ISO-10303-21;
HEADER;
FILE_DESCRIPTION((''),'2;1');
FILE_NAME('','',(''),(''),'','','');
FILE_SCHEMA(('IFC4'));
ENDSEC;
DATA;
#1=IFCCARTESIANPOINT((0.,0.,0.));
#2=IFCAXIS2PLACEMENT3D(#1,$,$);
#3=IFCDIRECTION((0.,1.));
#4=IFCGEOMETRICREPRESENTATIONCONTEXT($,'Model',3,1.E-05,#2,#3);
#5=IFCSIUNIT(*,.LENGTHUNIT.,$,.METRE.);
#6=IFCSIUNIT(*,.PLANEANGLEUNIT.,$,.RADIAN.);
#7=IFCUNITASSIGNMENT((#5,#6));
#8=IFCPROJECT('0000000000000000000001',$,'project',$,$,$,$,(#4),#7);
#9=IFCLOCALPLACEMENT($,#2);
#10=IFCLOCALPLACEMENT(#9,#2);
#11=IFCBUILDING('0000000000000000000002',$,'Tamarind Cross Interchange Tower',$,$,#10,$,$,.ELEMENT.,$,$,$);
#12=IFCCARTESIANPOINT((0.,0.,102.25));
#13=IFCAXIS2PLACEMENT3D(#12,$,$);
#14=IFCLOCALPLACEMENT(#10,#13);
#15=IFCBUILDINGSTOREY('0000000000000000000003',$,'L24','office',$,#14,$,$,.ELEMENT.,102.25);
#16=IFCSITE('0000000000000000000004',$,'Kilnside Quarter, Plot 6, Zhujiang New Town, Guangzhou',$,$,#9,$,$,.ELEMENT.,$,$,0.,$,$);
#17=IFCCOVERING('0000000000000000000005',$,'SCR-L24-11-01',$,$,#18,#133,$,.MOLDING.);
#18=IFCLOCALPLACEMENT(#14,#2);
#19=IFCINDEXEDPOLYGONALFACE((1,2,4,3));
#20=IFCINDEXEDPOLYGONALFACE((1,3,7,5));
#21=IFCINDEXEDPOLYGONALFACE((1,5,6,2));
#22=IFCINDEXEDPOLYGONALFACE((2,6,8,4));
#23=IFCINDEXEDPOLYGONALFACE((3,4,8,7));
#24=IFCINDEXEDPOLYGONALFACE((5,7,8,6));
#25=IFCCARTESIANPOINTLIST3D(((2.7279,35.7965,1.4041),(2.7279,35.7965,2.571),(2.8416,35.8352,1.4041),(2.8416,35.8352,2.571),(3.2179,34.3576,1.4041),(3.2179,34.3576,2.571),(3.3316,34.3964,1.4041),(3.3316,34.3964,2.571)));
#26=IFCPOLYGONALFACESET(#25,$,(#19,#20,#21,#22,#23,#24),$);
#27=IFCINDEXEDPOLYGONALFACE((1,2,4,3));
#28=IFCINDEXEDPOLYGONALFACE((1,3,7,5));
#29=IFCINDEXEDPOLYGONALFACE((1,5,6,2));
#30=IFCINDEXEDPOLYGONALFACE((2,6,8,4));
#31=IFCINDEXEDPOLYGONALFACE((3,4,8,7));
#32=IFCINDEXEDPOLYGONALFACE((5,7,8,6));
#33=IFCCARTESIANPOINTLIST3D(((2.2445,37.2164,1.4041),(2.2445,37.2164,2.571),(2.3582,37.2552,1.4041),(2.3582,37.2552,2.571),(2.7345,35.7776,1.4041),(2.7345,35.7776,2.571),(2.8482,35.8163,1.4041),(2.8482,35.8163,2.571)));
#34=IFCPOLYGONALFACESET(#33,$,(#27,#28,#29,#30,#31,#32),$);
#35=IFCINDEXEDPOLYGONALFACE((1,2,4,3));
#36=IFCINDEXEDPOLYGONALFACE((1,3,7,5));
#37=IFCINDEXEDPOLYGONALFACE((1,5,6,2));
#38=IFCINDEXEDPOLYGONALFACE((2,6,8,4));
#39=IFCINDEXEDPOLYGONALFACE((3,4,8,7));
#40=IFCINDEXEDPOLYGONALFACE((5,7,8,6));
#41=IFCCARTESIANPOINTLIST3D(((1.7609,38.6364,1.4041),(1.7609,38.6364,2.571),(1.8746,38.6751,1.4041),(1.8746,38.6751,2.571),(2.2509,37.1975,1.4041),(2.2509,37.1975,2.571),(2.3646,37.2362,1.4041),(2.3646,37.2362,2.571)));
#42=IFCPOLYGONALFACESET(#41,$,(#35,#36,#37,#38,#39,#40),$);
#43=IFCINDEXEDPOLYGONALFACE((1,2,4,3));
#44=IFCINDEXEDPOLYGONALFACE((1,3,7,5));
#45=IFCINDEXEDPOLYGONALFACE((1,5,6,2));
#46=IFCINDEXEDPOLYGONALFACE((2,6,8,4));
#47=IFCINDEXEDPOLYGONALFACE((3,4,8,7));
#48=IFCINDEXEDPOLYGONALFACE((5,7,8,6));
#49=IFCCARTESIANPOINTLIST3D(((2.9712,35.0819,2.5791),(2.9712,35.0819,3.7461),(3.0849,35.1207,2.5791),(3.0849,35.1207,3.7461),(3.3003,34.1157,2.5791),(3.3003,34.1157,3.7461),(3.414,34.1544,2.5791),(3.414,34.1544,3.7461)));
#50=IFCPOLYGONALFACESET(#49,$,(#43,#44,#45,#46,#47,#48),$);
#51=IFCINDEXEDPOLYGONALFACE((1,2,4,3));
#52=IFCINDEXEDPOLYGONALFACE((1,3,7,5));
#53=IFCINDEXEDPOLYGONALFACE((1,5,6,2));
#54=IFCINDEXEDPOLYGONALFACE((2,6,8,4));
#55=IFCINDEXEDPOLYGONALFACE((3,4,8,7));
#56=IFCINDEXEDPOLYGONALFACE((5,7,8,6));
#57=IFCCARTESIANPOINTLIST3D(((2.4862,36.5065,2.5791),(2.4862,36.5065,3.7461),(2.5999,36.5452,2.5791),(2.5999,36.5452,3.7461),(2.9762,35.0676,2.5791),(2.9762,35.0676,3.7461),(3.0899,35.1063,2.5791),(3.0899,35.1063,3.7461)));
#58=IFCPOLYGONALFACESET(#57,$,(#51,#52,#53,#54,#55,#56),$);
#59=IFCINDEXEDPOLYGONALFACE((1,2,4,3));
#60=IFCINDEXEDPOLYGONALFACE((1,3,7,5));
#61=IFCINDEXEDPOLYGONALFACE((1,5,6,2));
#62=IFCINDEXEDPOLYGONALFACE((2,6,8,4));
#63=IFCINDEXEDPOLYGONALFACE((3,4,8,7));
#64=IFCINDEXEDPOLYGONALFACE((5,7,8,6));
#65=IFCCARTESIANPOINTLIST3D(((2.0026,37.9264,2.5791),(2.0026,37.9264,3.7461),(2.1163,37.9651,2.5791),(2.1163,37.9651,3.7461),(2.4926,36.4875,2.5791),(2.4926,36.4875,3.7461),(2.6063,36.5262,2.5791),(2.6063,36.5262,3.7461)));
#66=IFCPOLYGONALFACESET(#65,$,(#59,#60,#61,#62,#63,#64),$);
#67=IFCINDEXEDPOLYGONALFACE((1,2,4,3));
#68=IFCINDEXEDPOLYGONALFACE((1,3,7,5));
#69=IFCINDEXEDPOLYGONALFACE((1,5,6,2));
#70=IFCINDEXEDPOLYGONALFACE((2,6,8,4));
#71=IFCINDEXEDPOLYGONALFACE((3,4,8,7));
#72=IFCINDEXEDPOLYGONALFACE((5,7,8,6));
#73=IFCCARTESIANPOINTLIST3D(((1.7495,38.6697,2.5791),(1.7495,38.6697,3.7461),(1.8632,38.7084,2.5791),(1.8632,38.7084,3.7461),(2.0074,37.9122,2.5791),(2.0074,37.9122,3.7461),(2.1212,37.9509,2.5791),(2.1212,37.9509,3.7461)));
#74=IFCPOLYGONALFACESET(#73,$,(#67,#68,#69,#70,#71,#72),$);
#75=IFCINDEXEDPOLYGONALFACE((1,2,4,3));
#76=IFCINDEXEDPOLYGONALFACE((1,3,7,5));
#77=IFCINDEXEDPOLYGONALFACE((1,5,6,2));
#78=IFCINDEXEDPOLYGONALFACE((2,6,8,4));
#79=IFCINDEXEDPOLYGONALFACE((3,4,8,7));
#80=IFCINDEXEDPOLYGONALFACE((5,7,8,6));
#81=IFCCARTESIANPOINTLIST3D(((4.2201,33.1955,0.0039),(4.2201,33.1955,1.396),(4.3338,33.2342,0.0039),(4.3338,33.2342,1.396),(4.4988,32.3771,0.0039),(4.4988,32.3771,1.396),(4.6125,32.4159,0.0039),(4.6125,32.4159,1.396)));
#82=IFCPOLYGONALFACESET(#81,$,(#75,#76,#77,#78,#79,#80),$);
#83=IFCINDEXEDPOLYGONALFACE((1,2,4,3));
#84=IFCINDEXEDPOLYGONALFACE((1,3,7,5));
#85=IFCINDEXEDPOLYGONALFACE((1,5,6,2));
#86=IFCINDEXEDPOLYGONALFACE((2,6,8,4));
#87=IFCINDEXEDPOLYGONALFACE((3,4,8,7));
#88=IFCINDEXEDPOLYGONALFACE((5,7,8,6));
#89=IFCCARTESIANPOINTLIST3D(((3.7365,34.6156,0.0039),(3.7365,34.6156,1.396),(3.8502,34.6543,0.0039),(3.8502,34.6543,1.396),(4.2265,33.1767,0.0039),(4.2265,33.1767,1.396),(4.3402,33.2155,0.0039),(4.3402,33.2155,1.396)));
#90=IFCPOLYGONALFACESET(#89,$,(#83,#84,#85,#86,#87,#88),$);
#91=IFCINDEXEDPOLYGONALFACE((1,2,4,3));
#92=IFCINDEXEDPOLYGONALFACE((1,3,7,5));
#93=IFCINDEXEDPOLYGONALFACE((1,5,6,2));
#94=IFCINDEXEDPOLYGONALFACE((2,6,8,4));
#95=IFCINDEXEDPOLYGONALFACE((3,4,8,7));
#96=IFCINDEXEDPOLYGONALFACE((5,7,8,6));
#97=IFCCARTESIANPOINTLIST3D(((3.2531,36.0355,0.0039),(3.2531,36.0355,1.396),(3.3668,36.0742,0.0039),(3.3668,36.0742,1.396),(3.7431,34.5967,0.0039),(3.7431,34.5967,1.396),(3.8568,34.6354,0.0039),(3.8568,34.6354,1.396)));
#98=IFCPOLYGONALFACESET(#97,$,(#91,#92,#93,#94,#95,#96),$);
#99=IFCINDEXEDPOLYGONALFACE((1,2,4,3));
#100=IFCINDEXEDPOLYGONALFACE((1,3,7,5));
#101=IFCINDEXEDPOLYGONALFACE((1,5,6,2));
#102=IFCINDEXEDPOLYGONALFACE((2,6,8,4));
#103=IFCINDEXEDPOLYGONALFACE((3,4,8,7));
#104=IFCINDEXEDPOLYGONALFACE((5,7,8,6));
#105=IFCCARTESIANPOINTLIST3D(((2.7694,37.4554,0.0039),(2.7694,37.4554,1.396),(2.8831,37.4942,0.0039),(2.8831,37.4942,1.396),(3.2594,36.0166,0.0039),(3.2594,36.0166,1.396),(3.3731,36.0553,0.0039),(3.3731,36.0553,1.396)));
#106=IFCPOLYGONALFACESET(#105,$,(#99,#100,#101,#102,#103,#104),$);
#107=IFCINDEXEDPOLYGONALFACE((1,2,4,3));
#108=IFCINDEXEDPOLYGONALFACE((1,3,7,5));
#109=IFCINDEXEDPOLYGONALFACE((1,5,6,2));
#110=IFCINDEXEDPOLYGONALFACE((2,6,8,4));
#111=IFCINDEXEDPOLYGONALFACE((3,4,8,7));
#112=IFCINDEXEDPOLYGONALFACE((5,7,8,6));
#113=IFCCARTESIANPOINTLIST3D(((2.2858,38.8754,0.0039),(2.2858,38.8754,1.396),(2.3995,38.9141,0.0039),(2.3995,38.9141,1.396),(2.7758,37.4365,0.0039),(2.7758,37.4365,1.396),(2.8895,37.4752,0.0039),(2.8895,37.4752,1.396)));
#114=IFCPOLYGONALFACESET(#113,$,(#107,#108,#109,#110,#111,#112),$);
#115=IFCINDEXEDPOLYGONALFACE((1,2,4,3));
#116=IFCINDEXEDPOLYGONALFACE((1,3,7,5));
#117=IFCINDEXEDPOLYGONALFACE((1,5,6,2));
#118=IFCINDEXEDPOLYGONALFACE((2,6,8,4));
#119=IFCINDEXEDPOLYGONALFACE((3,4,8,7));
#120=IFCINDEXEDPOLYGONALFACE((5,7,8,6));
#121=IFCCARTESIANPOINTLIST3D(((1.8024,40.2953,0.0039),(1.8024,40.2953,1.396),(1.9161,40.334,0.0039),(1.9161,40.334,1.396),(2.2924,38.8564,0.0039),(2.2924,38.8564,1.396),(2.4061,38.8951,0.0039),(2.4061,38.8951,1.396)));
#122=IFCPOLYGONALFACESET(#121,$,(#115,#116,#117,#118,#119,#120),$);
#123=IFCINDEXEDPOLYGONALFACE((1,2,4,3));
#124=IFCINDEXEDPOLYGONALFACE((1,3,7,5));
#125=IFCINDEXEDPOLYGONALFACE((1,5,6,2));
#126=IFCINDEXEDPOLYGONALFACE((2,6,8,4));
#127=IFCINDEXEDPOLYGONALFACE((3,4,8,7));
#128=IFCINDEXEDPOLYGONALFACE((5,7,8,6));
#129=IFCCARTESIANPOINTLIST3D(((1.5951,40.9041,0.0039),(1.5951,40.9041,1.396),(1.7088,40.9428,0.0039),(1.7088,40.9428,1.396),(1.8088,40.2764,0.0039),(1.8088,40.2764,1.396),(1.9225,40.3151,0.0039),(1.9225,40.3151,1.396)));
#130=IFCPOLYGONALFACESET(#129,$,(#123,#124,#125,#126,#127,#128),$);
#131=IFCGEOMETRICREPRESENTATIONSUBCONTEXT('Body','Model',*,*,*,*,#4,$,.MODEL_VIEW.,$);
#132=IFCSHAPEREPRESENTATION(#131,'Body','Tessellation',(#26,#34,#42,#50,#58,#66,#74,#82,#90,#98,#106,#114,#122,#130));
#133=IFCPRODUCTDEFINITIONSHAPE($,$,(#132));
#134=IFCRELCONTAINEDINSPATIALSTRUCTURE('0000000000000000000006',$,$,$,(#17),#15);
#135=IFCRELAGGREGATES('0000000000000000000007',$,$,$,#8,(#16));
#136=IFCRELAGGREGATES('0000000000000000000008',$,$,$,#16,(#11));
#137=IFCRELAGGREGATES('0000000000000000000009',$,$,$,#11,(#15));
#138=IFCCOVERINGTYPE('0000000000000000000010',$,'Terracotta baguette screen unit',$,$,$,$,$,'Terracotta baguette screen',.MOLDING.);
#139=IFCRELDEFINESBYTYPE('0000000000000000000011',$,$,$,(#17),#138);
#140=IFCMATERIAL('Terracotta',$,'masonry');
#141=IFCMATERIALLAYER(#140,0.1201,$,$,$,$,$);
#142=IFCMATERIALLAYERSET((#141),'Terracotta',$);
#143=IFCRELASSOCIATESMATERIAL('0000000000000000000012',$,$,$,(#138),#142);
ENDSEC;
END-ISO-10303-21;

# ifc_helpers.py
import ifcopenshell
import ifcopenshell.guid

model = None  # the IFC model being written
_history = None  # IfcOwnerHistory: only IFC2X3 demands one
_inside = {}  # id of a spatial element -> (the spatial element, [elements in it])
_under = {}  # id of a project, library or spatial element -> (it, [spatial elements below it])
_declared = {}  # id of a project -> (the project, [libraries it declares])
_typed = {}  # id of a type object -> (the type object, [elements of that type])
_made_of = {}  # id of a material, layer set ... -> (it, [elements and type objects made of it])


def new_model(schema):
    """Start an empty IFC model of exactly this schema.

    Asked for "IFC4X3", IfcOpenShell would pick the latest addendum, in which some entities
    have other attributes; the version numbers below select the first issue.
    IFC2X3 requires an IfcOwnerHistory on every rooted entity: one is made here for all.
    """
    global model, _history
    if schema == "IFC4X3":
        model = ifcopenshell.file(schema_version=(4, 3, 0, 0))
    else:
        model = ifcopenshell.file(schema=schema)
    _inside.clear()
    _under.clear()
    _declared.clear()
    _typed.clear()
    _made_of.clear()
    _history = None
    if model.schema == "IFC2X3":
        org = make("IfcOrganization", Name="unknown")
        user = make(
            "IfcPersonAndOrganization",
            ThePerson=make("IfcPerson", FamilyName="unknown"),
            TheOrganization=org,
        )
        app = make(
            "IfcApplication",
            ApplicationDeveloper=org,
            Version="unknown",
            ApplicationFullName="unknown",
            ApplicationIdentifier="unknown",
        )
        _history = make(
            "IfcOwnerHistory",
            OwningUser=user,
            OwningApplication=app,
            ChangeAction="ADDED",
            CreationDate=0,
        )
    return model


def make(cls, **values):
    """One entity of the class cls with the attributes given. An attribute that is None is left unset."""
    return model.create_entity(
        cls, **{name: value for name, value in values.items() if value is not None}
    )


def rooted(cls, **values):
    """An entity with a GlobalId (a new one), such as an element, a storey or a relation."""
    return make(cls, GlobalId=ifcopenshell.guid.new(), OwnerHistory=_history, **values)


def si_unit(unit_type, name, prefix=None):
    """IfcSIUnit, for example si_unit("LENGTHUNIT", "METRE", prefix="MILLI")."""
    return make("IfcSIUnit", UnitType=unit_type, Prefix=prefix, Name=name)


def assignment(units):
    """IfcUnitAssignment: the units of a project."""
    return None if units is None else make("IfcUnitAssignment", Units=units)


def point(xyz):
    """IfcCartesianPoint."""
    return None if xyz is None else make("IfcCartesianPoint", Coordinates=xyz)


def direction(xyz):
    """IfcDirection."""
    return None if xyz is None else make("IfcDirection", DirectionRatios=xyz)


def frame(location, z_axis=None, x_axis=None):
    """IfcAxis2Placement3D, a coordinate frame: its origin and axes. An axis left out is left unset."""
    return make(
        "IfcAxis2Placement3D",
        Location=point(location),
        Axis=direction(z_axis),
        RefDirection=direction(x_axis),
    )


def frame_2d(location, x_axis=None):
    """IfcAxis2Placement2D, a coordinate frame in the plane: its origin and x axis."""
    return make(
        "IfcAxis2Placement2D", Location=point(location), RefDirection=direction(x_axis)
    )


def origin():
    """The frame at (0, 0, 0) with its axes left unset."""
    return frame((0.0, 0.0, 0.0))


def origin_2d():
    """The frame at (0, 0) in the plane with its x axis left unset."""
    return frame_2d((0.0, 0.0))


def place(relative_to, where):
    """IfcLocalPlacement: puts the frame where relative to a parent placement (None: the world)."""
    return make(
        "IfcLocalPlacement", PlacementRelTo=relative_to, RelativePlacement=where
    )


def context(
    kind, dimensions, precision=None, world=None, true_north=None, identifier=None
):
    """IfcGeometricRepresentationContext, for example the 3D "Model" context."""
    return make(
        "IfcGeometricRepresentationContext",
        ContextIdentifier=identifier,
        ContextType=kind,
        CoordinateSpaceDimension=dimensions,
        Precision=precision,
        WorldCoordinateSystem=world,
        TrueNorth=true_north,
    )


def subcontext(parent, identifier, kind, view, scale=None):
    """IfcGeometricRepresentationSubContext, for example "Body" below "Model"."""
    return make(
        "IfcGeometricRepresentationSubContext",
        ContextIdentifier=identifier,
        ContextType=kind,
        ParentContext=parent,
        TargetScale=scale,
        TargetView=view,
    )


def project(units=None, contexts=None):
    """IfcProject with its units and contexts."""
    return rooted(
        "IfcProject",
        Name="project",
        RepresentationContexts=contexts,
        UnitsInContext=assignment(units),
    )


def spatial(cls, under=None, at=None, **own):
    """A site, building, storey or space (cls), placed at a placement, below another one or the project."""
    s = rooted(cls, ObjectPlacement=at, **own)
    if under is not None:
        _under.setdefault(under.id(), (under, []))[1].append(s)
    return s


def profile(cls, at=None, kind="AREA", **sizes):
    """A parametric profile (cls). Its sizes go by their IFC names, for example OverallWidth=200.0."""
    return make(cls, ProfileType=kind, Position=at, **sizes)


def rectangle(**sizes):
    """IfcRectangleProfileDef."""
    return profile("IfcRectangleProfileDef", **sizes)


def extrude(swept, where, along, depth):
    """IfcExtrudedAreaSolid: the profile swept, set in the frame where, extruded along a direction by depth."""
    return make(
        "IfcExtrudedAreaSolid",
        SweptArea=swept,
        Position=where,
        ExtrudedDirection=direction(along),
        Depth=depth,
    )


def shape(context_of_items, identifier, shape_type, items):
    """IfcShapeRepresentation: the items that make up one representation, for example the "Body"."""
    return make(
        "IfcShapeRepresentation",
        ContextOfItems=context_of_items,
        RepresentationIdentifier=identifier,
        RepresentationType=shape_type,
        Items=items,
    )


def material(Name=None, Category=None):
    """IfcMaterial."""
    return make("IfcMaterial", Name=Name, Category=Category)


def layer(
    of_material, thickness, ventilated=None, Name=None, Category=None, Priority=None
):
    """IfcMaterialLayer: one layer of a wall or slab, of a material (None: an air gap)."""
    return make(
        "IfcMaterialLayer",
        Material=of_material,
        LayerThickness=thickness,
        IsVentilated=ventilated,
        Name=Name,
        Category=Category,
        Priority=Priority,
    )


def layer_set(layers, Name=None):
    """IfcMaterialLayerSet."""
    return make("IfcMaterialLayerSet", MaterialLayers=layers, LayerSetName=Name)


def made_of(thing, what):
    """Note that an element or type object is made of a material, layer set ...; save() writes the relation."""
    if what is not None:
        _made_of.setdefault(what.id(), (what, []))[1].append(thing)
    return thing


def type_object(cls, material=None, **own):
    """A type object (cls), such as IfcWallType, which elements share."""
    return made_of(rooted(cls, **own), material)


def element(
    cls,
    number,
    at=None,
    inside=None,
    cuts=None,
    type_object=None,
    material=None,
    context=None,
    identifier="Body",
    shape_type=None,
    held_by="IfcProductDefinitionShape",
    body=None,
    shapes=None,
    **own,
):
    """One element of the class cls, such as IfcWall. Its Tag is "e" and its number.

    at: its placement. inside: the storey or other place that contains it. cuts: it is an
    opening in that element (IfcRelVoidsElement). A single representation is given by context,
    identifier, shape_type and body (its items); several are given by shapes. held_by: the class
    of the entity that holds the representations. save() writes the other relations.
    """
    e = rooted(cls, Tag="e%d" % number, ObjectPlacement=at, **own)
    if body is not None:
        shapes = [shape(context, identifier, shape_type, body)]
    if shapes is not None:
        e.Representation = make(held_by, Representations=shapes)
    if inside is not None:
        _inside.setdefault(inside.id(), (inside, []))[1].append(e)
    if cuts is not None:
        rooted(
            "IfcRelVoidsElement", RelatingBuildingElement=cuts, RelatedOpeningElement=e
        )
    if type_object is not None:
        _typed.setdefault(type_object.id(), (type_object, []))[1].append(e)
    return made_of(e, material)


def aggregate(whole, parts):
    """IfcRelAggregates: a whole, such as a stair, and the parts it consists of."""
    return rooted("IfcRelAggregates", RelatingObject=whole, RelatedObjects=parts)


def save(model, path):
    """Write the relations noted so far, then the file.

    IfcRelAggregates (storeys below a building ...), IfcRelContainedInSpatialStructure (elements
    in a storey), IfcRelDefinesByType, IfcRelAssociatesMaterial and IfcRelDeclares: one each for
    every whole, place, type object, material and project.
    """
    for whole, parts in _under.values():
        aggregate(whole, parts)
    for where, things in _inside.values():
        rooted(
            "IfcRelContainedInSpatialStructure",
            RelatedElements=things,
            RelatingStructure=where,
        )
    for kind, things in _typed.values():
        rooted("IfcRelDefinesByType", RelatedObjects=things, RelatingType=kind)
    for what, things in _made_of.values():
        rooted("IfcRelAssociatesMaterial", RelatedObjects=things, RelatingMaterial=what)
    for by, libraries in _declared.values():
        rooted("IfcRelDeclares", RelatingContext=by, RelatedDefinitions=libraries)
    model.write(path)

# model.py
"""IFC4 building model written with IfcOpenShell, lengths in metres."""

from ifc_helpers import new_model, si_unit, direction, frame, origin, origin_2d, place, context, subcontext, project, spatial, rectangle, extrude, material, layer, layer_set, type_object, element, save


model = new_model("IFC4")

# Units and contexts
model_context = context("Model", 3, precision=1e-05, world=origin(), true_north=direction((0.0, 1.0)))
body_context = subcontext(model_context, "Body", "Model", "MODEL_VIEW")
ifc_project = project(units=[si_unit("LENGTHUNIT", "METRE"), si_unit("PLANEANGLEUNIT", "RADIAN")], contexts=[model_context])

# Site, building, storey
site_placement = place(None, origin())
site = spatial("IfcSite", under=ifc_project, at=site_placement, Name="Kilnside Quarter, Plot 6, Zhujiang New Town, Guangzhou", CompositionType="ELEMENT", RefElevation=0.0)
building_placement = place(site_placement, origin())
building = spatial("IfcBuilding", under=site, at=building_placement, Name="Tamarind Cross Interchange Tower", CompositionType="ELEMENT")
storey_placement = place(building_placement, frame((0.0, 0.0, 102.25)))
storey = spatial("IfcBuildingStorey", under=building, at=storey_placement, Name="L24", Description="office", CompositionType="ELEMENT", Elevation=102.25)

# Covering
ifc_material_1 = material(Name="Terracotta", Category="masonry")
ifc_layer_1 = layer(ifc_material_1, 0.1201)
ifc_layer_set_1 = layer_set([ifc_layer_1], Name="Terracotta")
covering_type = type_object("IfcCoveringType", Name="Terracotta baguette screen unit", ElementType="Terracotta baguette screen", PredefinedType="MOLDING", material=ifc_layer_set_1)
covering_1_placement = place(storey_placement, origin())
element("IfcCovering", 1, at=covering_1_placement, inside=storey, type_object=covering_type, Name="SCR-L24-11-01", PredefinedType="MOLDING", context=body_context, shape_type="SweptSolid", body=[
    extrude(rectangle(XDim=1.52, YDim=0.1201, at=origin_2d()), frame((3.0298, 35.0964, 1.4041), z_axis=(0.0, 0.0, 1.0), x_axis=(-0.322371, 0.946613, 0.0)), (0.0, 0.0, 1.0), 1.167),
    extrude(rectangle(XDim=1.52, YDim=0.1201, at=origin_2d()), frame((2.5464, 36.5164, 1.4041), z_axis=(0.0, 0.0, 1.0), x_axis=(-0.322371, 0.946613, 0.0)), (0.0, 0.0, 1.0), 1.167),
    extrude(rectangle(XDim=1.52, YDim=0.1201, at=origin_2d()), frame((2.0627, 37.9363, 1.4041), z_axis=(0.0, 0.0, 1.0), x_axis=(-0.322371, 0.946613, 0.0)), (0.0, 0.0, 1.0), 1.167),
    extrude(rectangle(XDim=1.0208, YDim=0.1201, at=origin_2d()), frame((3.1926, 34.6182, 2.5791), z_axis=(0.0, 0.0, 1.0), x_axis=(-0.322371, 0.946613, 0.0)), (0.0, 0.0, 1.0), 1.167),
    extrude(rectangle(XDim=1.52, YDim=0.1201, at=origin_2d()), frame((2.7881, 35.8064, 2.5791), z_axis=(0.0, 0.0, 1.0), x_axis=(-0.322371, 0.946613, 0.0)), (0.0, 0.0, 1.0), 1.167),
    extrude(rectangle(XDim=1.52, YDim=0.1201, at=origin_2d()), frame((2.3044, 37.2263, 2.5791), z_axis=(0.0, 0.0, 1.0), x_axis=(-0.322371, 0.946613, 0.0)), (0.0, 0.0, 1.0), 1.167),
    extrude(rectangle(XDim=0.8003, YDim=0.1201, at=origin_2d()), frame((1.9353, 38.3103, 2.5791), z_axis=(0.0, 0.0, 1.0), x_axis=(-0.322371, 0.946613, 0.0)), (0.0, 0.0, 1.0), 1.167),
    extrude(rectangle(XDim=0.8645, YDim=0.1201, at=origin_2d()), frame((4.4163, 32.8057, 0.0039), z_axis=(0.0, 0.0, 1.0), x_axis=(-0.322371, 0.946613, 0.0)), (0.0, 0.0, 1.0), 1.3921),
    extrude(rectangle(XDim=1.52, YDim=0.1201, at=origin_2d()), frame((4.0383, 33.9155, 0.0039), z_axis=(0.0, 0.0, 1.0), x_axis=(-0.322371, 0.946613, 0.0)), (0.0, 0.0, 1.0), 1.3921),
    extrude(rectangle(XDim=1.52, YDim=0.1201, at=origin_2d()), frame((3.5549, 35.3354, 0.0039), z_axis=(0.0, 0.0, 1.0), x_axis=(-0.322371, 0.946613, 0.0)), (0.0, 0.0, 1.0), 1.3921),
    extrude(rectangle(XDim=1.52, YDim=0.1201, at=origin_2d()), frame((3.0713, 36.7554, 0.0039), z_axis=(0.0, 0.0, 1.0), x_axis=(-0.322371, 0.946613, 0.0)), (0.0, 0.0, 1.0), 1.3921),
    extrude(rectangle(XDim=1.52, YDim=0.1201, at=origin_2d()), frame((2.5876, 38.1753, 0.0039), z_axis=(0.0, 0.0, 1.0), x_axis=(-0.322371, 0.946613, 0.0)), (0.0, 0.0, 1.0), 1.3921),
    extrude(rectangle(XDim=1.52, YDim=0.1201, at=origin_2d()), frame((2.1042, 39.5952, 0.0039), z_axis=(0.0, 0.0, 1.0), x_axis=(-0.322371, 0.946613, 0.0)), (0.0, 0.0, 1.0), 1.3921),
    extrude(rectangle(XDim=0.6631, YDim=0.1201, at=origin_2d()), frame((1.7588, 40.6096, 0.0039), z_axis=(0.0, 0.0, 1.0), x_axis=(-0.322371, 0.946613, 0.0)), (0.0, 0.0, 1.0), 1.3921),
])

save(model, "model.ifc")
